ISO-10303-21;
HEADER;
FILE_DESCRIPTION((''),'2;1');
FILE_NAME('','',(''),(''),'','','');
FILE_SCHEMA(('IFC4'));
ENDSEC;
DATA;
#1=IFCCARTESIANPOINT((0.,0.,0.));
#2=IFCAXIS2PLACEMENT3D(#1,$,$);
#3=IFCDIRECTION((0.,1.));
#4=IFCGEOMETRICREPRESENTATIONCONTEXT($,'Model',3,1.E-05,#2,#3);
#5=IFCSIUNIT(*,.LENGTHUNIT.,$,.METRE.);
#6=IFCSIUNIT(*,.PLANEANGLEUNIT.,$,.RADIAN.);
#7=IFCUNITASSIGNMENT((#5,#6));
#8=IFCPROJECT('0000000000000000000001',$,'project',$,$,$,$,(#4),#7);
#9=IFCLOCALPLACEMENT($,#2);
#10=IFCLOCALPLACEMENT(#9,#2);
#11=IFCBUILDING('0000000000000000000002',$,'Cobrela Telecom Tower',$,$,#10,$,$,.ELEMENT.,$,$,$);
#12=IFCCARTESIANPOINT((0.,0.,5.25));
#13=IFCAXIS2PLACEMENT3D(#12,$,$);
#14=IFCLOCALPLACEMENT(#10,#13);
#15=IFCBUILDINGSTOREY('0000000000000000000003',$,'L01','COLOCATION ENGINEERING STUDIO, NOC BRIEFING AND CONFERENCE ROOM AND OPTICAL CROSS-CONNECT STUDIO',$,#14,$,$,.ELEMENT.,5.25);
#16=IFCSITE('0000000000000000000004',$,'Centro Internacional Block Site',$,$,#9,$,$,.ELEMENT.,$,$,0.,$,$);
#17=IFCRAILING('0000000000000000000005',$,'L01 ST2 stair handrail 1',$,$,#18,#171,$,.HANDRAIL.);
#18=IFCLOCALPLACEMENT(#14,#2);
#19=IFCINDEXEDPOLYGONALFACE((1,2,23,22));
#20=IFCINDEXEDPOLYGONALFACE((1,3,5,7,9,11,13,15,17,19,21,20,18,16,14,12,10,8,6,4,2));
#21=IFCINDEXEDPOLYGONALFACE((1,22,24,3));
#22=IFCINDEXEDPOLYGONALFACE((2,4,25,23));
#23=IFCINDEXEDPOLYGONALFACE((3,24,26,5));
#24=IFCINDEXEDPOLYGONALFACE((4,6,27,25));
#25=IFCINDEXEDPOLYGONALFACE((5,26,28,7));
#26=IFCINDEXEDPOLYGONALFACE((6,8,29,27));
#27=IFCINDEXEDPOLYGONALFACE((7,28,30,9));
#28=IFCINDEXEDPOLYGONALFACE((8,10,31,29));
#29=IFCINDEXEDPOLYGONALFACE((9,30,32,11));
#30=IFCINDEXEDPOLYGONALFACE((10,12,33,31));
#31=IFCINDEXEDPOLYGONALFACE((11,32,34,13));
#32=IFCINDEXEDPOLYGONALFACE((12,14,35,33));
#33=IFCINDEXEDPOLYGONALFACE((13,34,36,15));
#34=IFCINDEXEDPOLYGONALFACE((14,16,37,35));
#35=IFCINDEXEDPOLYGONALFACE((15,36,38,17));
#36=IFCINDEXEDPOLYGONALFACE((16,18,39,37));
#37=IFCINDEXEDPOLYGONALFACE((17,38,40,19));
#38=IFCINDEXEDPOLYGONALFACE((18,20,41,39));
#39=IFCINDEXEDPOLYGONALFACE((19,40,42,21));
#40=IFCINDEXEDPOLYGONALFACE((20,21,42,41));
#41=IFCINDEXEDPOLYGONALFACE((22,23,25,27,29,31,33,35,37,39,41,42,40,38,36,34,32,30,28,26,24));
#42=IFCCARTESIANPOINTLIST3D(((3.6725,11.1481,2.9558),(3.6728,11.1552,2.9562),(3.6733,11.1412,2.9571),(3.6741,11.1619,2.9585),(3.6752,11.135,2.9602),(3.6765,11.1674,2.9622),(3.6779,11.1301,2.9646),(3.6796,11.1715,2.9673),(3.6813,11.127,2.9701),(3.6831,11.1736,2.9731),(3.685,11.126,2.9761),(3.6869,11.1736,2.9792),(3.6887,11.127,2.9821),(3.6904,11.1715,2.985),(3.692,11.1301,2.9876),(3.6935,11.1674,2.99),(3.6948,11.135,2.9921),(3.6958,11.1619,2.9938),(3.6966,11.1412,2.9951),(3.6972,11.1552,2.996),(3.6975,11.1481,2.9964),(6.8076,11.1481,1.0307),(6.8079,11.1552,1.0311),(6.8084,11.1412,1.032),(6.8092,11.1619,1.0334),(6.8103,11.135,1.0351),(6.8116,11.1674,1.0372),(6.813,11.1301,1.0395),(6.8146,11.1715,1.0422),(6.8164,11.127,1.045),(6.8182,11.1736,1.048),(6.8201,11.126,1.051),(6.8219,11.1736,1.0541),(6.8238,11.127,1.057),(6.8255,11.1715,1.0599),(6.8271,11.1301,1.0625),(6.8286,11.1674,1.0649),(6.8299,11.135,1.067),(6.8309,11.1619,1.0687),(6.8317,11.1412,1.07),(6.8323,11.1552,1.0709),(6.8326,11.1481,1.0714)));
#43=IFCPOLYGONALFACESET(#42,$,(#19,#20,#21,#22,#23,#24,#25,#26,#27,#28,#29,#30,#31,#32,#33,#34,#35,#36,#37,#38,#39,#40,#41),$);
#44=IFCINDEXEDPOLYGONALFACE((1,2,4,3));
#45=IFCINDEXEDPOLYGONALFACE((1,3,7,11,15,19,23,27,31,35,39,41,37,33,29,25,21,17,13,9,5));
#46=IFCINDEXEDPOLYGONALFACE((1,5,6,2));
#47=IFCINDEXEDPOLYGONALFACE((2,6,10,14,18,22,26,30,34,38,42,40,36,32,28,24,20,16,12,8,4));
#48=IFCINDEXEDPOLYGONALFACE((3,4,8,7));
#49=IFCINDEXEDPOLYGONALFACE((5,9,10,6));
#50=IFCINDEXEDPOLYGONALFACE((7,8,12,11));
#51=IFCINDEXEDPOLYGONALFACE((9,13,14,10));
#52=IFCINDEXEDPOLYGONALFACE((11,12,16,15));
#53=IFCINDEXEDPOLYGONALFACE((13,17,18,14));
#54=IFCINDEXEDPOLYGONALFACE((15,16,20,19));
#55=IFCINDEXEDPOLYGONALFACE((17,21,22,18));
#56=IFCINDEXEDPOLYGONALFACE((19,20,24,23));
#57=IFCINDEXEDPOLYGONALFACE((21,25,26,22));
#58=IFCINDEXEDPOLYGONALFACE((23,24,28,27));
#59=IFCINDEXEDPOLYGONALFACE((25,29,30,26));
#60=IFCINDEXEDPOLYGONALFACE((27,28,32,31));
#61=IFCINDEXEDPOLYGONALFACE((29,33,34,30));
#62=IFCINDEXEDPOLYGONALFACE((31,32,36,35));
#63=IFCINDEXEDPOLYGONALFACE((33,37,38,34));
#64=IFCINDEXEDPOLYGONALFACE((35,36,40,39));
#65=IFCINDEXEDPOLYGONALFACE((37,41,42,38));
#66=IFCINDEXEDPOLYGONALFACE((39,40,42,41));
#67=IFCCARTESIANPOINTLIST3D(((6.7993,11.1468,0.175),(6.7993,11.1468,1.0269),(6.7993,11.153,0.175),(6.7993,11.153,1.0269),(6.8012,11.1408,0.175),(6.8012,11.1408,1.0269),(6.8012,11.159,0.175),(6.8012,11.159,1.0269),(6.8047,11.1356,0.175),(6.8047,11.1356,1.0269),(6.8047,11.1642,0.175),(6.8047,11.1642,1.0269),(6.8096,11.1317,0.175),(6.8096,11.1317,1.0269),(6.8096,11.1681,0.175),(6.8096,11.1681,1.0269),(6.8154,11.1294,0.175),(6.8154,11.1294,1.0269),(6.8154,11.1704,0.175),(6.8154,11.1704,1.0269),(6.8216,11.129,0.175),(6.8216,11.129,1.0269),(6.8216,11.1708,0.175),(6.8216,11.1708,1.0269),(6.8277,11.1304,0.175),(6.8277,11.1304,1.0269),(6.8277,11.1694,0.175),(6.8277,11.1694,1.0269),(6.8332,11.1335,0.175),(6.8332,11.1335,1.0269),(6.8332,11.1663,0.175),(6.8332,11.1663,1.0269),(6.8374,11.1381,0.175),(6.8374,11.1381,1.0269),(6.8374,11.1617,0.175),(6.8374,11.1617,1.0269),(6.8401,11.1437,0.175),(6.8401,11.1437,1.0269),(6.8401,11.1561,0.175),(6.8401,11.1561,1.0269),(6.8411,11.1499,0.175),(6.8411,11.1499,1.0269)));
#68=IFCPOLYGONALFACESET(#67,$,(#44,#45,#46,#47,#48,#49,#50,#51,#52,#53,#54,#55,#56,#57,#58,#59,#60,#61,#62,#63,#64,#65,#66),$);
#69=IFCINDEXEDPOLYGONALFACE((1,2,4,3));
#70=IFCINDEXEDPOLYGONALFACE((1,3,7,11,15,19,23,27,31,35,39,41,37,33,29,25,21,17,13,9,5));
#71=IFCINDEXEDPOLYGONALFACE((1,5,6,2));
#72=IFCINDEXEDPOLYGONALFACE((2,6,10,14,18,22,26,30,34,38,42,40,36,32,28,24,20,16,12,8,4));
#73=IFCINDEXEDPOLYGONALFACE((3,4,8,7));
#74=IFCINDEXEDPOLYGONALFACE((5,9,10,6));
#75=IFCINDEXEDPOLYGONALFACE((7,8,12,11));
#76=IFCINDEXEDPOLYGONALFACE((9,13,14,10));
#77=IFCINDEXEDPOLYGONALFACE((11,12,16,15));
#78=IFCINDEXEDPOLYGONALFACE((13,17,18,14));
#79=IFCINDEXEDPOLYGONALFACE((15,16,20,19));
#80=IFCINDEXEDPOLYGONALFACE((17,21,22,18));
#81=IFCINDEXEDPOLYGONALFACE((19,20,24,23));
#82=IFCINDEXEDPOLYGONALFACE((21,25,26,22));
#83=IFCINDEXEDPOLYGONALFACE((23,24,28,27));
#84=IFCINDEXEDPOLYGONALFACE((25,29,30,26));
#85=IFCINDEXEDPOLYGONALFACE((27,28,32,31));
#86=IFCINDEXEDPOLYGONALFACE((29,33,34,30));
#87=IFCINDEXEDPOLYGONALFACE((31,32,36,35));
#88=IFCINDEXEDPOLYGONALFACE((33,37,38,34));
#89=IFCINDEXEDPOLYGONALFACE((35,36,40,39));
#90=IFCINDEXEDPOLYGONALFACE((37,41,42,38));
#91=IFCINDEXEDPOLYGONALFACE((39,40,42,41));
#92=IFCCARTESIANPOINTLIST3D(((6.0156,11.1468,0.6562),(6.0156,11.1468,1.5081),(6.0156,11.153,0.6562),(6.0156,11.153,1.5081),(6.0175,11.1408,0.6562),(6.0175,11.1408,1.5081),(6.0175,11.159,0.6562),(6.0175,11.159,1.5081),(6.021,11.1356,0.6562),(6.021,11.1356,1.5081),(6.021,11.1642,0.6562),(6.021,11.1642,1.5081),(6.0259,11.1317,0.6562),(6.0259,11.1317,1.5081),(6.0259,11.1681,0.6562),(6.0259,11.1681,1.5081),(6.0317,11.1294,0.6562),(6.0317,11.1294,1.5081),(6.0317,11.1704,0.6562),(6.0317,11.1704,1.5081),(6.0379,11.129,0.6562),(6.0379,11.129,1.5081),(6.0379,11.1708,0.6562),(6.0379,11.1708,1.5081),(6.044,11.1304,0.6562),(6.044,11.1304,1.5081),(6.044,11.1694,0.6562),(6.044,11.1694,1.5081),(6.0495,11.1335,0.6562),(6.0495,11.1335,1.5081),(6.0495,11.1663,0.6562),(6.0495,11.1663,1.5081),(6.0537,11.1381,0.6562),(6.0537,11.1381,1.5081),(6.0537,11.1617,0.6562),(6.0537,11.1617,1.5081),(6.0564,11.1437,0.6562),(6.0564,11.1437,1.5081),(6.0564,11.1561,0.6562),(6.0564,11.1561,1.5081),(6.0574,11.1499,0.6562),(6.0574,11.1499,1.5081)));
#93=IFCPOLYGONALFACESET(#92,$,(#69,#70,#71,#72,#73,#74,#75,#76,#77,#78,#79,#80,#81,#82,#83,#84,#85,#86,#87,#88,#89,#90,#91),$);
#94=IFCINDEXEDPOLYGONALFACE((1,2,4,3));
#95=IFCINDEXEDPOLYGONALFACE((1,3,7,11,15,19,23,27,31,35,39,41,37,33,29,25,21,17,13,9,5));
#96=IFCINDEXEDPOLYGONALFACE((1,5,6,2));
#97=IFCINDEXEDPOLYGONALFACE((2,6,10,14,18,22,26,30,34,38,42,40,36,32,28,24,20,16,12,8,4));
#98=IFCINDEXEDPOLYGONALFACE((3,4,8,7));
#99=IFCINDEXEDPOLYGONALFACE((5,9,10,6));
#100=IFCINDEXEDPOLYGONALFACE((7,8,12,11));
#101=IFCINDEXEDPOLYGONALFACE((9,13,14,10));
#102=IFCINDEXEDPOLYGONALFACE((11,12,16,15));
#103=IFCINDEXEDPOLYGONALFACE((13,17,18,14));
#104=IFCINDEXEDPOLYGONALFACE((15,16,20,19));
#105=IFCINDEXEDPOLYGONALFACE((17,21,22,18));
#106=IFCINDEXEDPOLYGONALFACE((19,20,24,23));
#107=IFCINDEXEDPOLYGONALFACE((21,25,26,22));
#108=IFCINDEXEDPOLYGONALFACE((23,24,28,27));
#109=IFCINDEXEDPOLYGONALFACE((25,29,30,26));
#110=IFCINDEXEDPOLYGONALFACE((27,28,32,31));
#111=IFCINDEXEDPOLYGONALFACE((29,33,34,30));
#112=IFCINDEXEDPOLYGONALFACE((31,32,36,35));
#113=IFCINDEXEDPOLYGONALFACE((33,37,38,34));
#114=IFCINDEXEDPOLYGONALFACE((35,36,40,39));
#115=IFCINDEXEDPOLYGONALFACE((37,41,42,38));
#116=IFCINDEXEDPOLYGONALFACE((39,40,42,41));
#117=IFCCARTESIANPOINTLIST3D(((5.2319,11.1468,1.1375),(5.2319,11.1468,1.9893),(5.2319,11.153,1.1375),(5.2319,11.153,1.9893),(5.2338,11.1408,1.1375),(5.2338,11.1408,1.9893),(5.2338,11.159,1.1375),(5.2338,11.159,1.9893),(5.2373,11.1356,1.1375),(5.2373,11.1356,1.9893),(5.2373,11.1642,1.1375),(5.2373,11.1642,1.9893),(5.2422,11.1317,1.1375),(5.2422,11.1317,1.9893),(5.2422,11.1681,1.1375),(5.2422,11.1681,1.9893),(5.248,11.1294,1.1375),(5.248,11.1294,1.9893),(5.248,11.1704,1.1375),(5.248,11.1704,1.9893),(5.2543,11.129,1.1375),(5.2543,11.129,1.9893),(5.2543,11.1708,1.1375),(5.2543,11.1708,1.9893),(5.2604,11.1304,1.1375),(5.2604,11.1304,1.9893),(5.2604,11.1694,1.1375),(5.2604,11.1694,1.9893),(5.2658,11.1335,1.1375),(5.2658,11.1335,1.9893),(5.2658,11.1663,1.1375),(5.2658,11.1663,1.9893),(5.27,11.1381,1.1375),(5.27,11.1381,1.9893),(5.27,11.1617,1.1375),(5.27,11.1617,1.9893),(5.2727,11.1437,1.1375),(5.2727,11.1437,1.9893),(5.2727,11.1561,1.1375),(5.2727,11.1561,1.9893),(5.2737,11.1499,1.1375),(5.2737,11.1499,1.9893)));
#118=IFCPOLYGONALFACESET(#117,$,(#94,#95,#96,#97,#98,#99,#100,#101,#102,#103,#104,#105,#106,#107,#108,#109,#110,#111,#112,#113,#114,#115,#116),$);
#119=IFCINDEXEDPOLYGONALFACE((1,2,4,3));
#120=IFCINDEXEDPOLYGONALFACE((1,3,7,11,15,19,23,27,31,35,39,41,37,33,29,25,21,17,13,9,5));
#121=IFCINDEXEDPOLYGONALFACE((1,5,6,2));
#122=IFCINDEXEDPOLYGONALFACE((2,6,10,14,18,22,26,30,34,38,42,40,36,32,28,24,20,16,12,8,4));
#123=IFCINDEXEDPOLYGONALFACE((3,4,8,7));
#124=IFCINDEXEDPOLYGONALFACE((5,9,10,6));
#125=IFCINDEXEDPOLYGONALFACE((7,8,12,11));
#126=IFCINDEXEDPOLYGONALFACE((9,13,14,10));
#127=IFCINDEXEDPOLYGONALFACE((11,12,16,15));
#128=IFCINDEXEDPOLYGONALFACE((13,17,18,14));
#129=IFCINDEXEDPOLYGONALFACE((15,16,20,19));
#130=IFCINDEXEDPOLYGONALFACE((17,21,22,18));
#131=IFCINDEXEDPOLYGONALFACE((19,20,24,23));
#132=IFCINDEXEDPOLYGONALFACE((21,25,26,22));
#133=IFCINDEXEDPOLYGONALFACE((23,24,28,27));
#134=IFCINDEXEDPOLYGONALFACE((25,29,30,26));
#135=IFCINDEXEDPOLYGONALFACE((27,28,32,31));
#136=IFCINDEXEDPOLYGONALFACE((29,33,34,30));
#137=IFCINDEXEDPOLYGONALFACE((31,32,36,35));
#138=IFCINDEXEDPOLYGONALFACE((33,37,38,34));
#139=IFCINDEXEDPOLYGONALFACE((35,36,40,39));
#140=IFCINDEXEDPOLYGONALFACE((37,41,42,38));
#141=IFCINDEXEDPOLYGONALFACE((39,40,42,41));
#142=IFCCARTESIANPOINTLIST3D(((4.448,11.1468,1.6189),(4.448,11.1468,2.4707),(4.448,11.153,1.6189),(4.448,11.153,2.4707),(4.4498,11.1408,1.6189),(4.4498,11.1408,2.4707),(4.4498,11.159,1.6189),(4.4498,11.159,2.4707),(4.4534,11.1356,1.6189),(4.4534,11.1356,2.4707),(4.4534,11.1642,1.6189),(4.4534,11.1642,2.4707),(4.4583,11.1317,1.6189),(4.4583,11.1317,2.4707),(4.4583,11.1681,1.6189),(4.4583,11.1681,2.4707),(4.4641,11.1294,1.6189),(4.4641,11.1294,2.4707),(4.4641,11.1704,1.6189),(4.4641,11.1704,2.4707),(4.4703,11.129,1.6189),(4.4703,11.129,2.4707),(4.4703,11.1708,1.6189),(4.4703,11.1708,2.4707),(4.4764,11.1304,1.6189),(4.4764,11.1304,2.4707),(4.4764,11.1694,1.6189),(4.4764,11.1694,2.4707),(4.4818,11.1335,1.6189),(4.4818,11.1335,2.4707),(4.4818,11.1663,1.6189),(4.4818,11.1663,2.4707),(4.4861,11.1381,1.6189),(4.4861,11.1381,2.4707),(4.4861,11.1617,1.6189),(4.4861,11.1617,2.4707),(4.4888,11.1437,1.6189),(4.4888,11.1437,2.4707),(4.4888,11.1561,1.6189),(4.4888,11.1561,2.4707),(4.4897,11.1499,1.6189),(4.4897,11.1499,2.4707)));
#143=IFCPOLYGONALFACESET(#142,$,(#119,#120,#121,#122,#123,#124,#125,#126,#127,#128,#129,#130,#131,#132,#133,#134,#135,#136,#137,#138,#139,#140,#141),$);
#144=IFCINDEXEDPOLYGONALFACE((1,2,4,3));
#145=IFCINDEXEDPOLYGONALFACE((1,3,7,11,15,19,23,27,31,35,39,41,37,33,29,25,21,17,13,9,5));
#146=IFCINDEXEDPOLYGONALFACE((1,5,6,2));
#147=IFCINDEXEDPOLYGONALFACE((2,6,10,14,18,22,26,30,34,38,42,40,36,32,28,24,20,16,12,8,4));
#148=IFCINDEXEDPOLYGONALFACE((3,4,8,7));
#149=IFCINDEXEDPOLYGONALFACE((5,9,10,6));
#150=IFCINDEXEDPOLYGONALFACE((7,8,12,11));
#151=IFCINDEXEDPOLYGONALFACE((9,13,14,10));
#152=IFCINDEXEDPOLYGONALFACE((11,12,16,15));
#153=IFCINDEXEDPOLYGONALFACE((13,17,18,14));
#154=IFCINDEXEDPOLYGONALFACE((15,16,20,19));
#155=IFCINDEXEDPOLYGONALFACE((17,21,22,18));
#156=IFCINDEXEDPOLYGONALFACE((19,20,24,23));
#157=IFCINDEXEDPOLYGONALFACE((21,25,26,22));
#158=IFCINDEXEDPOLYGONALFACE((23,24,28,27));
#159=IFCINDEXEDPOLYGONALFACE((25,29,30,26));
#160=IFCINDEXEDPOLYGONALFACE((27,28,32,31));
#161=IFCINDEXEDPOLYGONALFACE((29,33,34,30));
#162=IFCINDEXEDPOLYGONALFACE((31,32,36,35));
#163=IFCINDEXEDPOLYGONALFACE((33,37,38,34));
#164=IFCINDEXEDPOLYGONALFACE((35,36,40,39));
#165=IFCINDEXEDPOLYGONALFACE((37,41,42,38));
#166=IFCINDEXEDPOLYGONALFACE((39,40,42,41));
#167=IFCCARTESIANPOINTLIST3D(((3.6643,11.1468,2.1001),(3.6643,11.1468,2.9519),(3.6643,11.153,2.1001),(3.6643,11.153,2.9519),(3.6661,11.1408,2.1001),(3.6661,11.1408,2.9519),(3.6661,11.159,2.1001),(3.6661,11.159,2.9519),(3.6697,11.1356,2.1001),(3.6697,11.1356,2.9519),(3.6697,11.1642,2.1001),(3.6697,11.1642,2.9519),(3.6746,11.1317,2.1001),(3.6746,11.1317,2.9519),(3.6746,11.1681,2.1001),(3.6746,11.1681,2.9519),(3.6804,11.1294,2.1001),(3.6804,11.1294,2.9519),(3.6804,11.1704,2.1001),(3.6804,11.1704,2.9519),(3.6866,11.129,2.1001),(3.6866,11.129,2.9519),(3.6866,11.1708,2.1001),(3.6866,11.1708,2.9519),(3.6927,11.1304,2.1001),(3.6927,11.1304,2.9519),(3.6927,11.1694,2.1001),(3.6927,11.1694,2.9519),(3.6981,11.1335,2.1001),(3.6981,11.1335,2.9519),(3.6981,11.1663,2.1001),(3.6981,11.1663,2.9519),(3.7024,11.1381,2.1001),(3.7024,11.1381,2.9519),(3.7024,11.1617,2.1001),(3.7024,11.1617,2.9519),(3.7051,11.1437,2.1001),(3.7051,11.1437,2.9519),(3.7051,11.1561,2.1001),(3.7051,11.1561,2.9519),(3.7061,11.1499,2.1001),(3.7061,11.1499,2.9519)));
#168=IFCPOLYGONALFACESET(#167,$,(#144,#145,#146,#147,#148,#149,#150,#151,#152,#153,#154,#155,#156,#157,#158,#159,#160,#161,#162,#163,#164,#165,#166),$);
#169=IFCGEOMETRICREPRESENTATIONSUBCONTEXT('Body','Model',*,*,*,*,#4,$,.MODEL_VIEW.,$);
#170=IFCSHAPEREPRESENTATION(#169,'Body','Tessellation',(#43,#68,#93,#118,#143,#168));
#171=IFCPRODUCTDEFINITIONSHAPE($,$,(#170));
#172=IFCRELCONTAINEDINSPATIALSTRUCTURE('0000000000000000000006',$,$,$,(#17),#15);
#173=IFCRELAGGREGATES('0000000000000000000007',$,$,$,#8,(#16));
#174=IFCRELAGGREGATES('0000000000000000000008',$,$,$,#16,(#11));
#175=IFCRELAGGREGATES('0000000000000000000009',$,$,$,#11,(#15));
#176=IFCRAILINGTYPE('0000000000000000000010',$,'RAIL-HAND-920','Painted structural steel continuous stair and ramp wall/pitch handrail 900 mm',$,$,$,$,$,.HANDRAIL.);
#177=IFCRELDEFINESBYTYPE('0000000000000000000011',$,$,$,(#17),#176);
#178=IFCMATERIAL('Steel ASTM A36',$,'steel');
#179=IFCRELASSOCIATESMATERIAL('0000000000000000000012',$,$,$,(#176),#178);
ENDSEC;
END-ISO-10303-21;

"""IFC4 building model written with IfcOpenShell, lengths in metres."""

from ifc_helpers import new_model, si_unit, direction, frame, origin, origin_2d, place, context, subcontext, project, spatial, circle, extrude, material, type_object, element, save


model = new_model("IFC4")

# Units and contexts
model_context = context("Model", 3, precision=1e-05, world=origin(), true_north=direction((0.0, 1.0)))
body_context = subcontext(model_context, "Body", "Model", "MODEL_VIEW")
ifc_project = project(units=[si_unit("LENGTHUNIT", "METRE"), si_unit("PLANEANGLEUNIT", "RADIAN")], contexts=[model_context])

# Site, building, storey
site_placement = place(None, origin())
site = spatial("IfcSite", under=ifc_project, at=site_placement, Name="Centro Internacional Block Site", CompositionType="ELEMENT", RefElevation=0.0)
building_placement = place(site_placement, origin())
building = spatial("IfcBuilding", under=site, at=building_placement, Name="Cobrela Telecom Tower", CompositionType="ELEMENT")
storey_placement = place(building_placement, frame((0.0, 0.0, 5.25)))
storey = spatial("IfcBuildingStorey", under=building, at=storey_placement, Name="L01", Description="COLOCATION ENGINEERING STUDIO, NOC BRIEFING AND CONFERENCE ROOM AND OPTICAL CROSS-CONNECT STUDIO", CompositionType="ELEMENT", Elevation=5.25)

# Railing
ifc_material_1 = material(Name="Steel ASTM A36", Category="steel")
railing_type_1 = type_object("IfcRailingType", Name="RAIL-HAND-920", Description="Painted structural steel continuous stair and ramp wall/pitch handrail 900 mm", PredefinedType="HANDRAIL", material=ifc_material_1)
railing_1_placement = place(storey_placement, frame((6.8201, 11.1499, 0.175)))
element("IfcRailing", 1, at=railing_1_placement, inside=storey, type_object=railing_type_1, Name="L01 ST2 stair handrail 1", PredefinedType="HANDRAIL", context=body_context, shape_type="SweptSolid", body=[
    extrude(circle(Radius=0.0239, at=origin_2d()), frame((0.0, 0.0, 0.876), z_axis=(-0.852166, 0.0, 0.523271), x_axis=(0.0, -1.0, 0.0)), (0.0, 0.0, 1.0), 3.679),
    extrude(circle(Radius=0.021, at=origin_2d()), origin(), (0.0, 0.0, 1.0), 0.8518),
    extrude(circle(Radius=0.021, at=origin_2d()), frame((-0.7837, 0.0, 0.4812)), (0.0, 0.0, 1.0), 0.8518),
    extrude(circle(Radius=0.021, at=origin_2d()), frame((-1.5674, 0.0, 0.9624)), (0.0, 0.0, 1.0), 0.8518),
    extrude(circle(Radius=0.021, at=origin_2d()), frame((-2.3513, 0.0, 1.4438)), (0.0, 0.0, 1.0), 0.8518),
    extrude(circle(Radius=0.021, at=origin_2d()), frame((-3.135, 0.0, 1.925)), (0.0, 0.0, 1.0), 0.8518),
])

save(model, "model.ifc")
